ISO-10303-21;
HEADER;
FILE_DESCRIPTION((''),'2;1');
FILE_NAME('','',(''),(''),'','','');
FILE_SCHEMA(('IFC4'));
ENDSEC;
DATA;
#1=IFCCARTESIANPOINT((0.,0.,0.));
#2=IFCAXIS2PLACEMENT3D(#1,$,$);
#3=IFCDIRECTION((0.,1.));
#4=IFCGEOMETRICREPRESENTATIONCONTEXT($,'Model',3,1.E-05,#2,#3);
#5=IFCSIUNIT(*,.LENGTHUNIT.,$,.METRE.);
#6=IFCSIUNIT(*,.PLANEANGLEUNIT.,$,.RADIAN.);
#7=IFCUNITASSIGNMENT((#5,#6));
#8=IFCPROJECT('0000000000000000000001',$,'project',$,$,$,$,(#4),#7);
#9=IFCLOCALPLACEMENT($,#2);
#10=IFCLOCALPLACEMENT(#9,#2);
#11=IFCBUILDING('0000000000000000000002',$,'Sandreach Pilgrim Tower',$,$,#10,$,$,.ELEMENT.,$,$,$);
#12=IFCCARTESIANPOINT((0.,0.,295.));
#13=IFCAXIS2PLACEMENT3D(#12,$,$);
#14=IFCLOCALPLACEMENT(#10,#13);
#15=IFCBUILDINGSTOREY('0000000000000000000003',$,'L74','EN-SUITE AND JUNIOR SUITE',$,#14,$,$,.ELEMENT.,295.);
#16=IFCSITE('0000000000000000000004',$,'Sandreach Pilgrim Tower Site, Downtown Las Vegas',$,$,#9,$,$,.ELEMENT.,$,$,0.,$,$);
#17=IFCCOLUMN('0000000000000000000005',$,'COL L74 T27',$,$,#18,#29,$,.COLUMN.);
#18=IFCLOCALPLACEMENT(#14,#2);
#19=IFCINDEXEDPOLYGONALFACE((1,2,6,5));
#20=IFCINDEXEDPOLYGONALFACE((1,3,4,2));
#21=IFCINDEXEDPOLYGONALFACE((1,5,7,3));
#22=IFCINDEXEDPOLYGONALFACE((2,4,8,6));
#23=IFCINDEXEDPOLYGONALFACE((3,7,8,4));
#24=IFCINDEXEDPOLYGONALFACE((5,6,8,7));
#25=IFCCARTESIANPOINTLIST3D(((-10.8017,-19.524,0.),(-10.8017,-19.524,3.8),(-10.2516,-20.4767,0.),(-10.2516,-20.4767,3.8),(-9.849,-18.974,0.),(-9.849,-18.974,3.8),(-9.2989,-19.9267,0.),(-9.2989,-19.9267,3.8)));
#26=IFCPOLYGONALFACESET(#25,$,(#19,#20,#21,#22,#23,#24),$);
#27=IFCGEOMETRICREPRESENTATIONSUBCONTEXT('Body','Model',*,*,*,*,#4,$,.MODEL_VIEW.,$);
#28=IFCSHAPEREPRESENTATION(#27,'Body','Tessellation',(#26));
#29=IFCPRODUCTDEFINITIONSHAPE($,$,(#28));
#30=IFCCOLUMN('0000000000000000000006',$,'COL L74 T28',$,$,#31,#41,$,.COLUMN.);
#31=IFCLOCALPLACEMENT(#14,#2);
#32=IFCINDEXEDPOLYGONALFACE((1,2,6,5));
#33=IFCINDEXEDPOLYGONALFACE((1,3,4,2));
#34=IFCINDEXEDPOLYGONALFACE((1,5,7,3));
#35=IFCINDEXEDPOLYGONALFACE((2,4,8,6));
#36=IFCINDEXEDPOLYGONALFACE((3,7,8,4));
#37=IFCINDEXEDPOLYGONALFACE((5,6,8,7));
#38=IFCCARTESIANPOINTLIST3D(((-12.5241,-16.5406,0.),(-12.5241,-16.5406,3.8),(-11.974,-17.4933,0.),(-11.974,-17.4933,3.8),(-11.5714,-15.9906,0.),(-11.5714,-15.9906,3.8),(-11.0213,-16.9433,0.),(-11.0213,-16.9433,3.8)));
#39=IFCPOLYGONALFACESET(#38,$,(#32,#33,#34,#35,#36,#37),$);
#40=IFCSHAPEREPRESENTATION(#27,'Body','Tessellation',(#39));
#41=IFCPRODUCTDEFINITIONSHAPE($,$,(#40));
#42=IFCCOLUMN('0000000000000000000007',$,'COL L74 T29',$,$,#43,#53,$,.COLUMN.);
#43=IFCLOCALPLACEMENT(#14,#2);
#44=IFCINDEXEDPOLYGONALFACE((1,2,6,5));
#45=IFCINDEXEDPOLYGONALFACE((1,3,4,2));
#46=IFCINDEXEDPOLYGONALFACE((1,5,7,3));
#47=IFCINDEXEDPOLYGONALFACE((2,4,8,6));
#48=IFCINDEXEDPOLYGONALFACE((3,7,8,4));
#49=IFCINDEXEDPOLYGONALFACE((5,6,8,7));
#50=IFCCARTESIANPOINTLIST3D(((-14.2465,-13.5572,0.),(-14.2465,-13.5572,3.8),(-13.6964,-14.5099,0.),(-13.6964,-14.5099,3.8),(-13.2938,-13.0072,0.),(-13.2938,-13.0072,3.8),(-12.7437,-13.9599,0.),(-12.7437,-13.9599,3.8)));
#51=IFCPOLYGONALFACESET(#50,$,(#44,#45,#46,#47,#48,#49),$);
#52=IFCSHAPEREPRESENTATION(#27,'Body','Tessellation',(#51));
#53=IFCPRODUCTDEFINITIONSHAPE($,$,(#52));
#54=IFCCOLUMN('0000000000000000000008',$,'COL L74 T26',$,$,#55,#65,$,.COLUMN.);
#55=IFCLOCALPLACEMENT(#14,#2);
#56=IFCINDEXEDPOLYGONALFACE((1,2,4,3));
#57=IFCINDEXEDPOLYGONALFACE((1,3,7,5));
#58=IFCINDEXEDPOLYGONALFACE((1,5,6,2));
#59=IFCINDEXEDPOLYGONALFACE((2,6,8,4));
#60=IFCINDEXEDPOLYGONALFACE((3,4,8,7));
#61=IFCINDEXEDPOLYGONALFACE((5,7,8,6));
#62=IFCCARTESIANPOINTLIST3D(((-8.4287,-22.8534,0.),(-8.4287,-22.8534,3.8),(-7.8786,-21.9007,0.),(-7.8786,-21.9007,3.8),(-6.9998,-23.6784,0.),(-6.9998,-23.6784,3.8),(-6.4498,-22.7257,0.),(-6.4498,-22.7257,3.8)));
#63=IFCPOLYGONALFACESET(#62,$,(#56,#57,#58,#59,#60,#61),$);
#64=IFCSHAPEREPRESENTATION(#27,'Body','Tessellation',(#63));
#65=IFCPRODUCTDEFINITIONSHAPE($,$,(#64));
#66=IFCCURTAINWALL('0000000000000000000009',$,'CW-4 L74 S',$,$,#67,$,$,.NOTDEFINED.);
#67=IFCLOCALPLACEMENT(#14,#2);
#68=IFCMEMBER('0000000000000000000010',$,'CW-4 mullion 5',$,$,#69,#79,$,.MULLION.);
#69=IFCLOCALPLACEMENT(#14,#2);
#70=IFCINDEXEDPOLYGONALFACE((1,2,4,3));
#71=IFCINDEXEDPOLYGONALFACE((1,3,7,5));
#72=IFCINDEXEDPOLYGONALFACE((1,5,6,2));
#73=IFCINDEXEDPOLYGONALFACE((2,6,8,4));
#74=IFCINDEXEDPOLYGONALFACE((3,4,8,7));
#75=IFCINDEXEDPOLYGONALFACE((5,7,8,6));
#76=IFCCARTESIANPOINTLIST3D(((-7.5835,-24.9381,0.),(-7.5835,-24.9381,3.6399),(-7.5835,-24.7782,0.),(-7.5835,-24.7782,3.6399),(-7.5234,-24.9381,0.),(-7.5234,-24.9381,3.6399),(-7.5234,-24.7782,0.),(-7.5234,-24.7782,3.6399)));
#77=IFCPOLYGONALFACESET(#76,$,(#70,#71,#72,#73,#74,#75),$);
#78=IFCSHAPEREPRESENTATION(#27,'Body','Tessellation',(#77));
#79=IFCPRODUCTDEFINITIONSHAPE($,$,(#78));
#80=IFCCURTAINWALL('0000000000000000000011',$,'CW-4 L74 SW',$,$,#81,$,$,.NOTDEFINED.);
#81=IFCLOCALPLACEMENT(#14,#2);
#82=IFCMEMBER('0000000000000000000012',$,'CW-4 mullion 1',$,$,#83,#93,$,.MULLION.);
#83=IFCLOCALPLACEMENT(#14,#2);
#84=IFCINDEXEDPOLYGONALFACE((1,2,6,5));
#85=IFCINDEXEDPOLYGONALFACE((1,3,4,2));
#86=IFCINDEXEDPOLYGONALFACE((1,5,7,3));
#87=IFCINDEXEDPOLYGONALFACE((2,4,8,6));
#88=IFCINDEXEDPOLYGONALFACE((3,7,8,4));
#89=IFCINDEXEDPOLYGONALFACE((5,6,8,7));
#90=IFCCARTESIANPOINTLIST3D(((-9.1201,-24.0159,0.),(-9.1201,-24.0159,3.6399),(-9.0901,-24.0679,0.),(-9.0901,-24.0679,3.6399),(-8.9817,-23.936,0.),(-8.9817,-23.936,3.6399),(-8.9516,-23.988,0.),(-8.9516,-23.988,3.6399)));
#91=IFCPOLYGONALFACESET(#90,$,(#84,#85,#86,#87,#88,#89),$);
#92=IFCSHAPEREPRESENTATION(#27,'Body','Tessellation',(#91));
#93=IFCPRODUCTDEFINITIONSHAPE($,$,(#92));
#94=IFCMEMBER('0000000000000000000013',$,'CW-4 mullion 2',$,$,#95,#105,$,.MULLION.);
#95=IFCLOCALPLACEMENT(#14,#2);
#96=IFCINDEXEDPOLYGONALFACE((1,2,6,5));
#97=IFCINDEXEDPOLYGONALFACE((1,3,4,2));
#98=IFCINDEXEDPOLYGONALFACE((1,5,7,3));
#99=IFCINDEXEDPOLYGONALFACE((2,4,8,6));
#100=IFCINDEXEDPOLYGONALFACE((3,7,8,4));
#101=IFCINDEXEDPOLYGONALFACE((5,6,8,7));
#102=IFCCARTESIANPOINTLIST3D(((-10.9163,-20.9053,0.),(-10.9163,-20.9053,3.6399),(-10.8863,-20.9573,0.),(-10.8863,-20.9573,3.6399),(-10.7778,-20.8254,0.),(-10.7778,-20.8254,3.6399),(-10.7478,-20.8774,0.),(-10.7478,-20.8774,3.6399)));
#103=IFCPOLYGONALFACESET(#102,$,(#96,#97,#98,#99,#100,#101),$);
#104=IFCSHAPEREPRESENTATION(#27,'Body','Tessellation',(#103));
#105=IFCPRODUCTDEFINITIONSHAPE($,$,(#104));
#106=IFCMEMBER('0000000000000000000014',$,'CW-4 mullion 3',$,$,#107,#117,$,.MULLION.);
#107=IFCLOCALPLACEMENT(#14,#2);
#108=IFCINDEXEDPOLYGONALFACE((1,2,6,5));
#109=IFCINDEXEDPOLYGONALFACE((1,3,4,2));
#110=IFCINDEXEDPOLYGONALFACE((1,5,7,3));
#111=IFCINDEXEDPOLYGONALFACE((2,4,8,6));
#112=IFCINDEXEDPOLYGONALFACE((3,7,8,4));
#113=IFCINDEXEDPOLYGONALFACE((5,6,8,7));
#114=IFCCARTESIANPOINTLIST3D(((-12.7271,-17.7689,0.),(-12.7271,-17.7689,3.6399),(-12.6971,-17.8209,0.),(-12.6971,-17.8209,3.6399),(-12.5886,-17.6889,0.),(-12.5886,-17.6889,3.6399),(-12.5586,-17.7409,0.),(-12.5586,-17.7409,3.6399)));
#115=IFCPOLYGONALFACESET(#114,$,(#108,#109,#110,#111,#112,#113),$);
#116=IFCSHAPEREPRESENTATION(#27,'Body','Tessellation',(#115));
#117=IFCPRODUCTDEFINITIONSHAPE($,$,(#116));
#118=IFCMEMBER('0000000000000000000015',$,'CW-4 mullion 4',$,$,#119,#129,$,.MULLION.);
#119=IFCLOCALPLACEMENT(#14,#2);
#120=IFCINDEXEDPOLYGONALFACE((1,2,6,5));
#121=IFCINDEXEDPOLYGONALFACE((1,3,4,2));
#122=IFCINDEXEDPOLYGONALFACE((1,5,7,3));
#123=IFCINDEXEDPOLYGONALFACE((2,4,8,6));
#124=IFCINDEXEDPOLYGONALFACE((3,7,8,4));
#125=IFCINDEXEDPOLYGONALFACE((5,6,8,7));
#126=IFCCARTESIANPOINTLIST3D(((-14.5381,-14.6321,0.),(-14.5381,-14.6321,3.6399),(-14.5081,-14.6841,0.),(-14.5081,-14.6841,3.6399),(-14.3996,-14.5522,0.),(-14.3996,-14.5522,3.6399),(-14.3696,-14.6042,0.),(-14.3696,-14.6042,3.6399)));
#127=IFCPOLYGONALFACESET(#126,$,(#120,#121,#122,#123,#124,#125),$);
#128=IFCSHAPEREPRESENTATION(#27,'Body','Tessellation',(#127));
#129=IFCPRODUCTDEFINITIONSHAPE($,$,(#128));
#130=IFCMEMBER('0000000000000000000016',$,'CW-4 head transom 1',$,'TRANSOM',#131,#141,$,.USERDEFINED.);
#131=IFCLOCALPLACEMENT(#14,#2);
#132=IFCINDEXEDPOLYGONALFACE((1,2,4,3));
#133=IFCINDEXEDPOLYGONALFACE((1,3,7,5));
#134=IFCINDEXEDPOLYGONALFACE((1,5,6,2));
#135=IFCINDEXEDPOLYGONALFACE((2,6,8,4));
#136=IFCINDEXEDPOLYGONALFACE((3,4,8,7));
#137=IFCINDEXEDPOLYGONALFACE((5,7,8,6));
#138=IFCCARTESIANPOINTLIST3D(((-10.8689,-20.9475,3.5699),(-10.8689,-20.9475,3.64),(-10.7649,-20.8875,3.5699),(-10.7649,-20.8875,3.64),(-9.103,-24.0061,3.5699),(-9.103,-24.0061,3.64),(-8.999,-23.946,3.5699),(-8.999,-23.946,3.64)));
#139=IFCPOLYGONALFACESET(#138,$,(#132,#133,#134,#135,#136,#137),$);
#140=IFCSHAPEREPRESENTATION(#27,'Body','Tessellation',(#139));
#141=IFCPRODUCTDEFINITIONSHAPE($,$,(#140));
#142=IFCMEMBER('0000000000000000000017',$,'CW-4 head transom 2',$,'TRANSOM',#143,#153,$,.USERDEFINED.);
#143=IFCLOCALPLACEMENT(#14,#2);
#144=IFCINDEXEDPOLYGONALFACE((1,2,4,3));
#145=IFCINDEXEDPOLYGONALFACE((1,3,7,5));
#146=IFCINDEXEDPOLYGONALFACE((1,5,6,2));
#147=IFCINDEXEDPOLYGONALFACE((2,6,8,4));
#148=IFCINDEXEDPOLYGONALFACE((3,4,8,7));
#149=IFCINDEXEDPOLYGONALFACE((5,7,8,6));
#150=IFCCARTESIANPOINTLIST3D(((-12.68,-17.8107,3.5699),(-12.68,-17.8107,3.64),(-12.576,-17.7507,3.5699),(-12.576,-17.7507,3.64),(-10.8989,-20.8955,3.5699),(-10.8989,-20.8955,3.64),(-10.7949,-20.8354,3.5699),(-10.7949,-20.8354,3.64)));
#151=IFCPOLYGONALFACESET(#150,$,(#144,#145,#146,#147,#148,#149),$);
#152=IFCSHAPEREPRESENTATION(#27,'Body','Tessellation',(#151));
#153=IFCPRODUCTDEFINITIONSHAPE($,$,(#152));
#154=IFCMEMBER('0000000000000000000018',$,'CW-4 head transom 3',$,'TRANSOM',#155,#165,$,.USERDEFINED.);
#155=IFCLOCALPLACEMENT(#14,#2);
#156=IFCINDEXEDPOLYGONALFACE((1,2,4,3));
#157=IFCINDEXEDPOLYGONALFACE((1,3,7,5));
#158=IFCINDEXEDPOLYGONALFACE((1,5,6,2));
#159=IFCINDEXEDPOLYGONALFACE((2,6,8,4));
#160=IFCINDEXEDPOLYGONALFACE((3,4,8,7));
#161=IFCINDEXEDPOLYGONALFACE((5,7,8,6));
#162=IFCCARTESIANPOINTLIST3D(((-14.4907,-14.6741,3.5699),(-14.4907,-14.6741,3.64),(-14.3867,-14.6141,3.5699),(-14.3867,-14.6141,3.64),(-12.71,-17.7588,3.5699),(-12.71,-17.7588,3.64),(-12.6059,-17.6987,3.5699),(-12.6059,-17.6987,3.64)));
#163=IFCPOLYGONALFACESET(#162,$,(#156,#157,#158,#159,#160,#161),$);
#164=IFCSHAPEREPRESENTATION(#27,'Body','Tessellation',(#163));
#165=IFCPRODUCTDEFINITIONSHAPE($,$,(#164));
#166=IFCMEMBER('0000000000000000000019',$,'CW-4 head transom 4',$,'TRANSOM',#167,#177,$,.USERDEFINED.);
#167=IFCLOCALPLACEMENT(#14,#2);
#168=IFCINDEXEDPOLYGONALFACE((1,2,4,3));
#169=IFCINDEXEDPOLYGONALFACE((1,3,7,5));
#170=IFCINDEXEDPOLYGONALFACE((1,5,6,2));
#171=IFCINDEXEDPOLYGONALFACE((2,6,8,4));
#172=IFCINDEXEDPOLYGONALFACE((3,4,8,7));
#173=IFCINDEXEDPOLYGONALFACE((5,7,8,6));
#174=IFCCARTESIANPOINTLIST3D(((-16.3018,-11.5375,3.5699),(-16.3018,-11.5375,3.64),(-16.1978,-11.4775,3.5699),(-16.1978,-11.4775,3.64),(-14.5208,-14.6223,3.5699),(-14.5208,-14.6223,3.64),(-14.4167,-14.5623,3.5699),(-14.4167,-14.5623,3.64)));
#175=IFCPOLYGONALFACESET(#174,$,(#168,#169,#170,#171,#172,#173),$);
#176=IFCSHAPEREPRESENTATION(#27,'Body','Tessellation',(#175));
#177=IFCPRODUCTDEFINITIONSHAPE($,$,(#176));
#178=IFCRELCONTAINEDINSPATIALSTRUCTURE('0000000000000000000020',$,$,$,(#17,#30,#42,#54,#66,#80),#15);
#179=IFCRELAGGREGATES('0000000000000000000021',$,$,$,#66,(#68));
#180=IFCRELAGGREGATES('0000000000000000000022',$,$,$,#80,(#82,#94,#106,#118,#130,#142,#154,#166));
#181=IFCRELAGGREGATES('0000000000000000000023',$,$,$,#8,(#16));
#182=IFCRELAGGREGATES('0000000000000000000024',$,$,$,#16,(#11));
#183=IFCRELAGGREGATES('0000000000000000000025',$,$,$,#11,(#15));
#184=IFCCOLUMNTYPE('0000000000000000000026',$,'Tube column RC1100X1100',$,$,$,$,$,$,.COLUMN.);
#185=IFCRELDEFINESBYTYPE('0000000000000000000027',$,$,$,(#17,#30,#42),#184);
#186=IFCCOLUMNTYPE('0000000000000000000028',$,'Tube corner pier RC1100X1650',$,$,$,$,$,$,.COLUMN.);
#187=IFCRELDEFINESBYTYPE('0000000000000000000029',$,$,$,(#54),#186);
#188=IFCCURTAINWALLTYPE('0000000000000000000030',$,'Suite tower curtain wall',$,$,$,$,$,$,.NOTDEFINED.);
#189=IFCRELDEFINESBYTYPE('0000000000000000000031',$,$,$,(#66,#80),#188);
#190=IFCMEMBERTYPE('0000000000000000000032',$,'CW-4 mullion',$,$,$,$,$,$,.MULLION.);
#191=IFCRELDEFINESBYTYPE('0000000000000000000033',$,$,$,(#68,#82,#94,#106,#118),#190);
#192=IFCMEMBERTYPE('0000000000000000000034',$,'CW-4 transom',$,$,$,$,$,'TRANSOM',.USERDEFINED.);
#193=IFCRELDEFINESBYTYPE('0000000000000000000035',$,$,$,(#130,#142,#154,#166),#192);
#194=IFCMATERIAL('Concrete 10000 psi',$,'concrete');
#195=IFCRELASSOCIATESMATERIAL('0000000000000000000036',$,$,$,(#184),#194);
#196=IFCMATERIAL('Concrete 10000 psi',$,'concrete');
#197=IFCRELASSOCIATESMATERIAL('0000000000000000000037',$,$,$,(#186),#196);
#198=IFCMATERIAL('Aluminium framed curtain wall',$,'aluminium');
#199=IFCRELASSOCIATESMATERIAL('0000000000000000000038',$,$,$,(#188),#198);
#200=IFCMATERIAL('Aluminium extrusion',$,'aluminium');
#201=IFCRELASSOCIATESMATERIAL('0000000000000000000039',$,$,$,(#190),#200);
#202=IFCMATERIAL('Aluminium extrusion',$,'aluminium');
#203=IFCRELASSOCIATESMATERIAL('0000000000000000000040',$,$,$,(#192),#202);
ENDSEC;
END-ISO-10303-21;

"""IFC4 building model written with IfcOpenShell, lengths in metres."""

from ifc_helpers import new_model, si_unit, direction, frame, origin, origin_2d, place, context, subcontext, project, spatial, rectangle, extrude, material, material_profile, profile_set, type_object, element, aggregate, save


model = new_model("IFC4")

# Units and contexts
model_context = context("Model", 3, precision=1e-05, world=origin(), true_north=direction((0.0, 1.0)))
body_context = subcontext(model_context, "Body", "Model", "MODEL_VIEW")
ifc_project = project(units=[si_unit("LENGTHUNIT", "METRE"), si_unit("PLANEANGLEUNIT", "RADIAN")], contexts=[model_context])

# Site, building, storey
site_placement = place(None, origin())
site = spatial("IfcSite", under=ifc_project, at=site_placement, Name="Sandreach Pilgrim Tower Site, Downtown Las Vegas", CompositionType="ELEMENT", RefElevation=0.0)
building_placement = place(site_placement, origin())
building = spatial("IfcBuilding", under=site, at=building_placement, Name="Sandreach Pilgrim Tower", CompositionType="ELEMENT")
storey_placement = place(building_placement, frame((0.0, 0.0, 295.0)))
storey = spatial("IfcBuildingStorey", under=building, at=storey_placement, Name="L74", Description="EN-SUITE AND JUNIOR SUITE", CompositionType="ELEMENT", Elevation=295.0)

# Columns
ifc_material_1 = material(Name="Concrete 10000 psi", Category="concrete")
ifc_material_profile_1 = material_profile(ifc_material_1, rectangle(XDim=1.1001, YDim=1.1001, at=origin_2d()), Name="RC1100X1100")
ifc_profile_set_1 = profile_set([ifc_material_profile_1], Name="Concrete 10000 psi")
column_type_1 = type_object("IfcColumnType", Name="Tube column RC1100X1100", PredefinedType="COLUMN", material=ifc_profile_set_1)
for number, where, z_axis, x_axis, name in (
    (1, (-10.0503, -19.7253, 0.0), (0.0, 0.0, 1.0), (-0.866025, -0.5, 0.0), "COL L74 T27"),
    (2, (-11.7727, -16.7419, 0.0), (0.0, 0.0, 1.0), (-0.866025, -0.5, 0.0), "COL L74 T28"),
    (3, (-13.4951, -13.7585, 0.0), (0.0, 0.0, 1.0), (-0.866025, -0.5, 0.0), "COL L74 T29"),
):
    element("IfcColumn", number, at=place(storey_placement, frame(where, z_axis=z_axis, x_axis=x_axis)), inside=storey, type_object=column_type_1, Name=name, PredefinedType="COLUMN", context=body_context, shape_type="SweptSolid", body=[
        extrude(rectangle(XDim=1.1001, YDim=1.1001, at=origin_2d()), origin(), (0.0, 0.0, 1.0), 3.8),
    ])
ifc_material_2 = material(Name="Concrete 10000 psi", Category="concrete")
ifc_material_profile_2 = material_profile(ifc_material_2, rectangle(XDim=1.1001, YDim=1.6499, at=origin_2d()), Name="RC1100X1650")
ifc_profile_set_2 = profile_set([ifc_material_profile_2], Name="Concrete 10000 psi")
column_type_2 = type_object("IfcColumnType", Name="Tube corner pier RC1100X1650", PredefinedType="COLUMN", material=ifc_profile_set_2)
column_placement = place(storey_placement, frame((-7.4392, -22.7896, 0.0), z_axis=(0.0, 0.0, 1.0), x_axis=(-0.5, -0.866025, 0.0)))
element("IfcColumn", 4, at=column_placement, inside=storey, type_object=column_type_2, Name="COL L74 T26", PredefinedType="COLUMN", context=body_context, shape_type="SweptSolid", body=[
    extrude(rectangle(XDim=1.1001, YDim=1.6499, at=origin_2d()), origin(), (0.0, 0.0, 1.0), 3.8),
])

# Curtain wall, member
ifc_material_3 = material(Name="Aluminium framed curtain wall", Category="aluminium")
curtain_wall_type = type_object("IfcCurtainWallType", Name="Suite tower curtain wall", PredefinedType="NOTDEFINED", material=ifc_material_3)
curtain_wall_1_placement = place(storey_placement, origin())
curtain_wall_1 = element("IfcCurtainWall", 5, at=curtain_wall_1_placement, inside=storey, type_object=curtain_wall_type, Name="CW-4 L74 S", PredefinedType="NOTDEFINED")
ifc_material_4 = material(Name="Aluminium extrusion", Category="aluminium")
ifc_material_profile_3 = material_profile(ifc_material_4, rectangle(XDim=0.0601, YDim=0.1599, at=origin_2d()), Name="CW-4M 60X160")
ifc_profile_set_3 = profile_set([ifc_material_profile_3], Name="Aluminium extrusion")
member_type_1 = type_object("IfcMemberType", Name="CW-4 mullion", PredefinedType="MULLION", material=ifc_profile_set_3)
member_1_placement = place(storey_placement, frame((-7.5535, -24.8582, 0.0), z_axis=(0.0, 0.0, 1.0), x_axis=(-1.0, 0.0, 0.0)))
member_1 = element("IfcMember", 6, at=member_1_placement, type_object=member_type_1, Name="CW-4 mullion 5", PredefinedType="MULLION", context=body_context, shape_type="SweptSolid", body=[
    extrude(rectangle(XDim=0.0601, YDim=0.1599, at=origin_2d()), origin(), (0.0, 0.0, 1.0), 3.6399),
])
aggregate(curtain_wall_1, [member_1])

# Curtain wall, members
curtain_wall_2_placement = place(storey_placement, origin())
curtain_wall_2 = element("IfcCurtainWall", 7, at=curtain_wall_2_placement, inside=storey, type_object=curtain_wall_type, Name="CW-4 L74 SW", PredefinedType="NOTDEFINED")
member_2_placement = place(storey_placement, frame((-9.0359, -24.002, 0.0), z_axis=(0.0, 0.0, 1.0), x_axis=(-0.5, 0.866025, 0.0)))
member_2 = element("IfcMember", 8, at=member_2_placement, type_object=member_type_1, Name="CW-4 mullion 1", PredefinedType="MULLION", context=body_context, shape_type="SweptSolid", body=[
    extrude(rectangle(XDim=0.0601, YDim=0.1599, at=origin_2d()), origin(), (0.0, 0.0, 1.0), 3.6399),
])
member_3_placement = place(storey_placement, frame((-10.832, -20.8914, 0.0), z_axis=(0.0, 0.0, 1.0), x_axis=(-0.5, 0.866025, 0.0)))
member_3 = element("IfcMember", 9, at=member_3_placement, type_object=member_type_1, Name="CW-4 mullion 2", PredefinedType="MULLION", context=body_context, shape_type="SweptSolid", body=[
    extrude(rectangle(XDim=0.0601, YDim=0.1599, at=origin_2d()), origin(), (0.0, 0.0, 1.0), 3.6399),
])
member_4_placement = place(storey_placement, frame((-12.6428, -17.7549, 0.0), z_axis=(0.0, 0.0, 1.0), x_axis=(-0.5, 0.866025, 0.0)))
member_4 = element("IfcMember", 10, at=member_4_placement, type_object=member_type_1, Name="CW-4 mullion 3", PredefinedType="MULLION", context=body_context, shape_type="SweptSolid", body=[
    extrude(rectangle(XDim=0.0601, YDim=0.1599, at=origin_2d()), origin(), (0.0, 0.0, 1.0), 3.6399),
])
member_5_placement = place(storey_placement, frame((-14.4539, -14.6182, 0.0), z_axis=(0.0, 0.0, 1.0), x_axis=(-0.5, 0.866025, 0.0)))
member_5 = element("IfcMember", 11, at=member_5_placement, type_object=member_type_1, Name="CW-4 mullion 4", PredefinedType="MULLION", context=body_context, shape_type="SweptSolid", body=[
    extrude(rectangle(XDim=0.0601, YDim=0.1599, at=origin_2d()), origin(), (0.0, 0.0, 1.0), 3.6399),
])
ifc_material_5 = material(Name="Aluminium extrusion", Category="aluminium")
ifc_material_profile_4 = material_profile(ifc_material_5, rectangle(XDim=0.1201, YDim=0.0701, at=origin_2d()), Name="CW-4T 120X70")
ifc_profile_set_4 = profile_set([ifc_material_profile_4], Name="Aluminium extrusion")
member_type_2 = type_object("IfcMemberType", Name="CW-4 transom", ElementType="TRANSOM", PredefinedType="USERDEFINED", material=ifc_profile_set_4)
member_6_placement = place(storey_placement, frame((-9.051, -23.9761, 3.605), z_axis=(-0.499998, 0.866027, 0.0), x_axis=(-0.866027, -0.499998, 0.0)))
member_6 = element("IfcMember", 12, at=member_6_placement, type_object=member_type_2, Name="CW-4 head transom 1", ObjectType="TRANSOM", PredefinedType="USERDEFINED", context=body_context, shape_type="SweptSolid", body=[
    extrude(rectangle(XDim=0.1201, YDim=0.0701, at=origin_2d()), origin(), (0.0, 0.0, 1.0), 3.5317),
])
member_7_placement = place(storey_placement, frame((-10.8469, -20.8655, 3.605), z_axis=(-0.500009, 0.86602, 0.0), x_axis=(-0.86602, -0.500009, 0.0)))
member_7 = element("IfcMember", 13, at=member_7_placement, type_object=member_type_2, Name="CW-4 head transom 2", ObjectType="TRANSOM", PredefinedType="USERDEFINED", context=body_context, shape_type="SweptSolid", body=[
    extrude(rectangle(XDim=0.1201, YDim=0.0701, at=origin_2d()), origin(), (0.0, 0.0, 1.0), 3.562),
])
member_8_placement = place(storey_placement, frame((-12.658, -17.7288, 3.605), z_axis=(-0.499958, 0.86605, 0.0), x_axis=(-0.86605, -0.499958, 0.0)))
member_8 = element("IfcMember", 14, at=member_8_placement, type_object=member_type_2, Name="CW-4 head transom 3", ObjectType="TRANSOM", PredefinedType="USERDEFINED", context=body_context, shape_type="SweptSolid", body=[
    extrude(rectangle(XDim=0.1201, YDim=0.0701, at=origin_2d()), origin(), (0.0, 0.0, 1.0), 3.5618),
])
member_9_placement = place(storey_placement, frame((-14.4688, -14.5923, 3.605), z_axis=(-0.500009, 0.86602, 0.0), x_axis=(-0.86602, -0.500009, 0.0)))
member_9 = element("IfcMember", 15, at=member_9_placement, type_object=member_type_2, Name="CW-4 head transom 4", ObjectType="TRANSOM", PredefinedType="USERDEFINED", context=body_context, shape_type="SweptSolid", body=[
    extrude(rectangle(XDim=0.1201, YDim=0.0701, at=origin_2d()), origin(), (0.0, 0.0, 1.0), 3.562),
])

aggregate(curtain_wall_2, [member_2, member_3, member_4, member_5, member_6, member_7, member_8, member_9])

save(model, "model.ifc")
